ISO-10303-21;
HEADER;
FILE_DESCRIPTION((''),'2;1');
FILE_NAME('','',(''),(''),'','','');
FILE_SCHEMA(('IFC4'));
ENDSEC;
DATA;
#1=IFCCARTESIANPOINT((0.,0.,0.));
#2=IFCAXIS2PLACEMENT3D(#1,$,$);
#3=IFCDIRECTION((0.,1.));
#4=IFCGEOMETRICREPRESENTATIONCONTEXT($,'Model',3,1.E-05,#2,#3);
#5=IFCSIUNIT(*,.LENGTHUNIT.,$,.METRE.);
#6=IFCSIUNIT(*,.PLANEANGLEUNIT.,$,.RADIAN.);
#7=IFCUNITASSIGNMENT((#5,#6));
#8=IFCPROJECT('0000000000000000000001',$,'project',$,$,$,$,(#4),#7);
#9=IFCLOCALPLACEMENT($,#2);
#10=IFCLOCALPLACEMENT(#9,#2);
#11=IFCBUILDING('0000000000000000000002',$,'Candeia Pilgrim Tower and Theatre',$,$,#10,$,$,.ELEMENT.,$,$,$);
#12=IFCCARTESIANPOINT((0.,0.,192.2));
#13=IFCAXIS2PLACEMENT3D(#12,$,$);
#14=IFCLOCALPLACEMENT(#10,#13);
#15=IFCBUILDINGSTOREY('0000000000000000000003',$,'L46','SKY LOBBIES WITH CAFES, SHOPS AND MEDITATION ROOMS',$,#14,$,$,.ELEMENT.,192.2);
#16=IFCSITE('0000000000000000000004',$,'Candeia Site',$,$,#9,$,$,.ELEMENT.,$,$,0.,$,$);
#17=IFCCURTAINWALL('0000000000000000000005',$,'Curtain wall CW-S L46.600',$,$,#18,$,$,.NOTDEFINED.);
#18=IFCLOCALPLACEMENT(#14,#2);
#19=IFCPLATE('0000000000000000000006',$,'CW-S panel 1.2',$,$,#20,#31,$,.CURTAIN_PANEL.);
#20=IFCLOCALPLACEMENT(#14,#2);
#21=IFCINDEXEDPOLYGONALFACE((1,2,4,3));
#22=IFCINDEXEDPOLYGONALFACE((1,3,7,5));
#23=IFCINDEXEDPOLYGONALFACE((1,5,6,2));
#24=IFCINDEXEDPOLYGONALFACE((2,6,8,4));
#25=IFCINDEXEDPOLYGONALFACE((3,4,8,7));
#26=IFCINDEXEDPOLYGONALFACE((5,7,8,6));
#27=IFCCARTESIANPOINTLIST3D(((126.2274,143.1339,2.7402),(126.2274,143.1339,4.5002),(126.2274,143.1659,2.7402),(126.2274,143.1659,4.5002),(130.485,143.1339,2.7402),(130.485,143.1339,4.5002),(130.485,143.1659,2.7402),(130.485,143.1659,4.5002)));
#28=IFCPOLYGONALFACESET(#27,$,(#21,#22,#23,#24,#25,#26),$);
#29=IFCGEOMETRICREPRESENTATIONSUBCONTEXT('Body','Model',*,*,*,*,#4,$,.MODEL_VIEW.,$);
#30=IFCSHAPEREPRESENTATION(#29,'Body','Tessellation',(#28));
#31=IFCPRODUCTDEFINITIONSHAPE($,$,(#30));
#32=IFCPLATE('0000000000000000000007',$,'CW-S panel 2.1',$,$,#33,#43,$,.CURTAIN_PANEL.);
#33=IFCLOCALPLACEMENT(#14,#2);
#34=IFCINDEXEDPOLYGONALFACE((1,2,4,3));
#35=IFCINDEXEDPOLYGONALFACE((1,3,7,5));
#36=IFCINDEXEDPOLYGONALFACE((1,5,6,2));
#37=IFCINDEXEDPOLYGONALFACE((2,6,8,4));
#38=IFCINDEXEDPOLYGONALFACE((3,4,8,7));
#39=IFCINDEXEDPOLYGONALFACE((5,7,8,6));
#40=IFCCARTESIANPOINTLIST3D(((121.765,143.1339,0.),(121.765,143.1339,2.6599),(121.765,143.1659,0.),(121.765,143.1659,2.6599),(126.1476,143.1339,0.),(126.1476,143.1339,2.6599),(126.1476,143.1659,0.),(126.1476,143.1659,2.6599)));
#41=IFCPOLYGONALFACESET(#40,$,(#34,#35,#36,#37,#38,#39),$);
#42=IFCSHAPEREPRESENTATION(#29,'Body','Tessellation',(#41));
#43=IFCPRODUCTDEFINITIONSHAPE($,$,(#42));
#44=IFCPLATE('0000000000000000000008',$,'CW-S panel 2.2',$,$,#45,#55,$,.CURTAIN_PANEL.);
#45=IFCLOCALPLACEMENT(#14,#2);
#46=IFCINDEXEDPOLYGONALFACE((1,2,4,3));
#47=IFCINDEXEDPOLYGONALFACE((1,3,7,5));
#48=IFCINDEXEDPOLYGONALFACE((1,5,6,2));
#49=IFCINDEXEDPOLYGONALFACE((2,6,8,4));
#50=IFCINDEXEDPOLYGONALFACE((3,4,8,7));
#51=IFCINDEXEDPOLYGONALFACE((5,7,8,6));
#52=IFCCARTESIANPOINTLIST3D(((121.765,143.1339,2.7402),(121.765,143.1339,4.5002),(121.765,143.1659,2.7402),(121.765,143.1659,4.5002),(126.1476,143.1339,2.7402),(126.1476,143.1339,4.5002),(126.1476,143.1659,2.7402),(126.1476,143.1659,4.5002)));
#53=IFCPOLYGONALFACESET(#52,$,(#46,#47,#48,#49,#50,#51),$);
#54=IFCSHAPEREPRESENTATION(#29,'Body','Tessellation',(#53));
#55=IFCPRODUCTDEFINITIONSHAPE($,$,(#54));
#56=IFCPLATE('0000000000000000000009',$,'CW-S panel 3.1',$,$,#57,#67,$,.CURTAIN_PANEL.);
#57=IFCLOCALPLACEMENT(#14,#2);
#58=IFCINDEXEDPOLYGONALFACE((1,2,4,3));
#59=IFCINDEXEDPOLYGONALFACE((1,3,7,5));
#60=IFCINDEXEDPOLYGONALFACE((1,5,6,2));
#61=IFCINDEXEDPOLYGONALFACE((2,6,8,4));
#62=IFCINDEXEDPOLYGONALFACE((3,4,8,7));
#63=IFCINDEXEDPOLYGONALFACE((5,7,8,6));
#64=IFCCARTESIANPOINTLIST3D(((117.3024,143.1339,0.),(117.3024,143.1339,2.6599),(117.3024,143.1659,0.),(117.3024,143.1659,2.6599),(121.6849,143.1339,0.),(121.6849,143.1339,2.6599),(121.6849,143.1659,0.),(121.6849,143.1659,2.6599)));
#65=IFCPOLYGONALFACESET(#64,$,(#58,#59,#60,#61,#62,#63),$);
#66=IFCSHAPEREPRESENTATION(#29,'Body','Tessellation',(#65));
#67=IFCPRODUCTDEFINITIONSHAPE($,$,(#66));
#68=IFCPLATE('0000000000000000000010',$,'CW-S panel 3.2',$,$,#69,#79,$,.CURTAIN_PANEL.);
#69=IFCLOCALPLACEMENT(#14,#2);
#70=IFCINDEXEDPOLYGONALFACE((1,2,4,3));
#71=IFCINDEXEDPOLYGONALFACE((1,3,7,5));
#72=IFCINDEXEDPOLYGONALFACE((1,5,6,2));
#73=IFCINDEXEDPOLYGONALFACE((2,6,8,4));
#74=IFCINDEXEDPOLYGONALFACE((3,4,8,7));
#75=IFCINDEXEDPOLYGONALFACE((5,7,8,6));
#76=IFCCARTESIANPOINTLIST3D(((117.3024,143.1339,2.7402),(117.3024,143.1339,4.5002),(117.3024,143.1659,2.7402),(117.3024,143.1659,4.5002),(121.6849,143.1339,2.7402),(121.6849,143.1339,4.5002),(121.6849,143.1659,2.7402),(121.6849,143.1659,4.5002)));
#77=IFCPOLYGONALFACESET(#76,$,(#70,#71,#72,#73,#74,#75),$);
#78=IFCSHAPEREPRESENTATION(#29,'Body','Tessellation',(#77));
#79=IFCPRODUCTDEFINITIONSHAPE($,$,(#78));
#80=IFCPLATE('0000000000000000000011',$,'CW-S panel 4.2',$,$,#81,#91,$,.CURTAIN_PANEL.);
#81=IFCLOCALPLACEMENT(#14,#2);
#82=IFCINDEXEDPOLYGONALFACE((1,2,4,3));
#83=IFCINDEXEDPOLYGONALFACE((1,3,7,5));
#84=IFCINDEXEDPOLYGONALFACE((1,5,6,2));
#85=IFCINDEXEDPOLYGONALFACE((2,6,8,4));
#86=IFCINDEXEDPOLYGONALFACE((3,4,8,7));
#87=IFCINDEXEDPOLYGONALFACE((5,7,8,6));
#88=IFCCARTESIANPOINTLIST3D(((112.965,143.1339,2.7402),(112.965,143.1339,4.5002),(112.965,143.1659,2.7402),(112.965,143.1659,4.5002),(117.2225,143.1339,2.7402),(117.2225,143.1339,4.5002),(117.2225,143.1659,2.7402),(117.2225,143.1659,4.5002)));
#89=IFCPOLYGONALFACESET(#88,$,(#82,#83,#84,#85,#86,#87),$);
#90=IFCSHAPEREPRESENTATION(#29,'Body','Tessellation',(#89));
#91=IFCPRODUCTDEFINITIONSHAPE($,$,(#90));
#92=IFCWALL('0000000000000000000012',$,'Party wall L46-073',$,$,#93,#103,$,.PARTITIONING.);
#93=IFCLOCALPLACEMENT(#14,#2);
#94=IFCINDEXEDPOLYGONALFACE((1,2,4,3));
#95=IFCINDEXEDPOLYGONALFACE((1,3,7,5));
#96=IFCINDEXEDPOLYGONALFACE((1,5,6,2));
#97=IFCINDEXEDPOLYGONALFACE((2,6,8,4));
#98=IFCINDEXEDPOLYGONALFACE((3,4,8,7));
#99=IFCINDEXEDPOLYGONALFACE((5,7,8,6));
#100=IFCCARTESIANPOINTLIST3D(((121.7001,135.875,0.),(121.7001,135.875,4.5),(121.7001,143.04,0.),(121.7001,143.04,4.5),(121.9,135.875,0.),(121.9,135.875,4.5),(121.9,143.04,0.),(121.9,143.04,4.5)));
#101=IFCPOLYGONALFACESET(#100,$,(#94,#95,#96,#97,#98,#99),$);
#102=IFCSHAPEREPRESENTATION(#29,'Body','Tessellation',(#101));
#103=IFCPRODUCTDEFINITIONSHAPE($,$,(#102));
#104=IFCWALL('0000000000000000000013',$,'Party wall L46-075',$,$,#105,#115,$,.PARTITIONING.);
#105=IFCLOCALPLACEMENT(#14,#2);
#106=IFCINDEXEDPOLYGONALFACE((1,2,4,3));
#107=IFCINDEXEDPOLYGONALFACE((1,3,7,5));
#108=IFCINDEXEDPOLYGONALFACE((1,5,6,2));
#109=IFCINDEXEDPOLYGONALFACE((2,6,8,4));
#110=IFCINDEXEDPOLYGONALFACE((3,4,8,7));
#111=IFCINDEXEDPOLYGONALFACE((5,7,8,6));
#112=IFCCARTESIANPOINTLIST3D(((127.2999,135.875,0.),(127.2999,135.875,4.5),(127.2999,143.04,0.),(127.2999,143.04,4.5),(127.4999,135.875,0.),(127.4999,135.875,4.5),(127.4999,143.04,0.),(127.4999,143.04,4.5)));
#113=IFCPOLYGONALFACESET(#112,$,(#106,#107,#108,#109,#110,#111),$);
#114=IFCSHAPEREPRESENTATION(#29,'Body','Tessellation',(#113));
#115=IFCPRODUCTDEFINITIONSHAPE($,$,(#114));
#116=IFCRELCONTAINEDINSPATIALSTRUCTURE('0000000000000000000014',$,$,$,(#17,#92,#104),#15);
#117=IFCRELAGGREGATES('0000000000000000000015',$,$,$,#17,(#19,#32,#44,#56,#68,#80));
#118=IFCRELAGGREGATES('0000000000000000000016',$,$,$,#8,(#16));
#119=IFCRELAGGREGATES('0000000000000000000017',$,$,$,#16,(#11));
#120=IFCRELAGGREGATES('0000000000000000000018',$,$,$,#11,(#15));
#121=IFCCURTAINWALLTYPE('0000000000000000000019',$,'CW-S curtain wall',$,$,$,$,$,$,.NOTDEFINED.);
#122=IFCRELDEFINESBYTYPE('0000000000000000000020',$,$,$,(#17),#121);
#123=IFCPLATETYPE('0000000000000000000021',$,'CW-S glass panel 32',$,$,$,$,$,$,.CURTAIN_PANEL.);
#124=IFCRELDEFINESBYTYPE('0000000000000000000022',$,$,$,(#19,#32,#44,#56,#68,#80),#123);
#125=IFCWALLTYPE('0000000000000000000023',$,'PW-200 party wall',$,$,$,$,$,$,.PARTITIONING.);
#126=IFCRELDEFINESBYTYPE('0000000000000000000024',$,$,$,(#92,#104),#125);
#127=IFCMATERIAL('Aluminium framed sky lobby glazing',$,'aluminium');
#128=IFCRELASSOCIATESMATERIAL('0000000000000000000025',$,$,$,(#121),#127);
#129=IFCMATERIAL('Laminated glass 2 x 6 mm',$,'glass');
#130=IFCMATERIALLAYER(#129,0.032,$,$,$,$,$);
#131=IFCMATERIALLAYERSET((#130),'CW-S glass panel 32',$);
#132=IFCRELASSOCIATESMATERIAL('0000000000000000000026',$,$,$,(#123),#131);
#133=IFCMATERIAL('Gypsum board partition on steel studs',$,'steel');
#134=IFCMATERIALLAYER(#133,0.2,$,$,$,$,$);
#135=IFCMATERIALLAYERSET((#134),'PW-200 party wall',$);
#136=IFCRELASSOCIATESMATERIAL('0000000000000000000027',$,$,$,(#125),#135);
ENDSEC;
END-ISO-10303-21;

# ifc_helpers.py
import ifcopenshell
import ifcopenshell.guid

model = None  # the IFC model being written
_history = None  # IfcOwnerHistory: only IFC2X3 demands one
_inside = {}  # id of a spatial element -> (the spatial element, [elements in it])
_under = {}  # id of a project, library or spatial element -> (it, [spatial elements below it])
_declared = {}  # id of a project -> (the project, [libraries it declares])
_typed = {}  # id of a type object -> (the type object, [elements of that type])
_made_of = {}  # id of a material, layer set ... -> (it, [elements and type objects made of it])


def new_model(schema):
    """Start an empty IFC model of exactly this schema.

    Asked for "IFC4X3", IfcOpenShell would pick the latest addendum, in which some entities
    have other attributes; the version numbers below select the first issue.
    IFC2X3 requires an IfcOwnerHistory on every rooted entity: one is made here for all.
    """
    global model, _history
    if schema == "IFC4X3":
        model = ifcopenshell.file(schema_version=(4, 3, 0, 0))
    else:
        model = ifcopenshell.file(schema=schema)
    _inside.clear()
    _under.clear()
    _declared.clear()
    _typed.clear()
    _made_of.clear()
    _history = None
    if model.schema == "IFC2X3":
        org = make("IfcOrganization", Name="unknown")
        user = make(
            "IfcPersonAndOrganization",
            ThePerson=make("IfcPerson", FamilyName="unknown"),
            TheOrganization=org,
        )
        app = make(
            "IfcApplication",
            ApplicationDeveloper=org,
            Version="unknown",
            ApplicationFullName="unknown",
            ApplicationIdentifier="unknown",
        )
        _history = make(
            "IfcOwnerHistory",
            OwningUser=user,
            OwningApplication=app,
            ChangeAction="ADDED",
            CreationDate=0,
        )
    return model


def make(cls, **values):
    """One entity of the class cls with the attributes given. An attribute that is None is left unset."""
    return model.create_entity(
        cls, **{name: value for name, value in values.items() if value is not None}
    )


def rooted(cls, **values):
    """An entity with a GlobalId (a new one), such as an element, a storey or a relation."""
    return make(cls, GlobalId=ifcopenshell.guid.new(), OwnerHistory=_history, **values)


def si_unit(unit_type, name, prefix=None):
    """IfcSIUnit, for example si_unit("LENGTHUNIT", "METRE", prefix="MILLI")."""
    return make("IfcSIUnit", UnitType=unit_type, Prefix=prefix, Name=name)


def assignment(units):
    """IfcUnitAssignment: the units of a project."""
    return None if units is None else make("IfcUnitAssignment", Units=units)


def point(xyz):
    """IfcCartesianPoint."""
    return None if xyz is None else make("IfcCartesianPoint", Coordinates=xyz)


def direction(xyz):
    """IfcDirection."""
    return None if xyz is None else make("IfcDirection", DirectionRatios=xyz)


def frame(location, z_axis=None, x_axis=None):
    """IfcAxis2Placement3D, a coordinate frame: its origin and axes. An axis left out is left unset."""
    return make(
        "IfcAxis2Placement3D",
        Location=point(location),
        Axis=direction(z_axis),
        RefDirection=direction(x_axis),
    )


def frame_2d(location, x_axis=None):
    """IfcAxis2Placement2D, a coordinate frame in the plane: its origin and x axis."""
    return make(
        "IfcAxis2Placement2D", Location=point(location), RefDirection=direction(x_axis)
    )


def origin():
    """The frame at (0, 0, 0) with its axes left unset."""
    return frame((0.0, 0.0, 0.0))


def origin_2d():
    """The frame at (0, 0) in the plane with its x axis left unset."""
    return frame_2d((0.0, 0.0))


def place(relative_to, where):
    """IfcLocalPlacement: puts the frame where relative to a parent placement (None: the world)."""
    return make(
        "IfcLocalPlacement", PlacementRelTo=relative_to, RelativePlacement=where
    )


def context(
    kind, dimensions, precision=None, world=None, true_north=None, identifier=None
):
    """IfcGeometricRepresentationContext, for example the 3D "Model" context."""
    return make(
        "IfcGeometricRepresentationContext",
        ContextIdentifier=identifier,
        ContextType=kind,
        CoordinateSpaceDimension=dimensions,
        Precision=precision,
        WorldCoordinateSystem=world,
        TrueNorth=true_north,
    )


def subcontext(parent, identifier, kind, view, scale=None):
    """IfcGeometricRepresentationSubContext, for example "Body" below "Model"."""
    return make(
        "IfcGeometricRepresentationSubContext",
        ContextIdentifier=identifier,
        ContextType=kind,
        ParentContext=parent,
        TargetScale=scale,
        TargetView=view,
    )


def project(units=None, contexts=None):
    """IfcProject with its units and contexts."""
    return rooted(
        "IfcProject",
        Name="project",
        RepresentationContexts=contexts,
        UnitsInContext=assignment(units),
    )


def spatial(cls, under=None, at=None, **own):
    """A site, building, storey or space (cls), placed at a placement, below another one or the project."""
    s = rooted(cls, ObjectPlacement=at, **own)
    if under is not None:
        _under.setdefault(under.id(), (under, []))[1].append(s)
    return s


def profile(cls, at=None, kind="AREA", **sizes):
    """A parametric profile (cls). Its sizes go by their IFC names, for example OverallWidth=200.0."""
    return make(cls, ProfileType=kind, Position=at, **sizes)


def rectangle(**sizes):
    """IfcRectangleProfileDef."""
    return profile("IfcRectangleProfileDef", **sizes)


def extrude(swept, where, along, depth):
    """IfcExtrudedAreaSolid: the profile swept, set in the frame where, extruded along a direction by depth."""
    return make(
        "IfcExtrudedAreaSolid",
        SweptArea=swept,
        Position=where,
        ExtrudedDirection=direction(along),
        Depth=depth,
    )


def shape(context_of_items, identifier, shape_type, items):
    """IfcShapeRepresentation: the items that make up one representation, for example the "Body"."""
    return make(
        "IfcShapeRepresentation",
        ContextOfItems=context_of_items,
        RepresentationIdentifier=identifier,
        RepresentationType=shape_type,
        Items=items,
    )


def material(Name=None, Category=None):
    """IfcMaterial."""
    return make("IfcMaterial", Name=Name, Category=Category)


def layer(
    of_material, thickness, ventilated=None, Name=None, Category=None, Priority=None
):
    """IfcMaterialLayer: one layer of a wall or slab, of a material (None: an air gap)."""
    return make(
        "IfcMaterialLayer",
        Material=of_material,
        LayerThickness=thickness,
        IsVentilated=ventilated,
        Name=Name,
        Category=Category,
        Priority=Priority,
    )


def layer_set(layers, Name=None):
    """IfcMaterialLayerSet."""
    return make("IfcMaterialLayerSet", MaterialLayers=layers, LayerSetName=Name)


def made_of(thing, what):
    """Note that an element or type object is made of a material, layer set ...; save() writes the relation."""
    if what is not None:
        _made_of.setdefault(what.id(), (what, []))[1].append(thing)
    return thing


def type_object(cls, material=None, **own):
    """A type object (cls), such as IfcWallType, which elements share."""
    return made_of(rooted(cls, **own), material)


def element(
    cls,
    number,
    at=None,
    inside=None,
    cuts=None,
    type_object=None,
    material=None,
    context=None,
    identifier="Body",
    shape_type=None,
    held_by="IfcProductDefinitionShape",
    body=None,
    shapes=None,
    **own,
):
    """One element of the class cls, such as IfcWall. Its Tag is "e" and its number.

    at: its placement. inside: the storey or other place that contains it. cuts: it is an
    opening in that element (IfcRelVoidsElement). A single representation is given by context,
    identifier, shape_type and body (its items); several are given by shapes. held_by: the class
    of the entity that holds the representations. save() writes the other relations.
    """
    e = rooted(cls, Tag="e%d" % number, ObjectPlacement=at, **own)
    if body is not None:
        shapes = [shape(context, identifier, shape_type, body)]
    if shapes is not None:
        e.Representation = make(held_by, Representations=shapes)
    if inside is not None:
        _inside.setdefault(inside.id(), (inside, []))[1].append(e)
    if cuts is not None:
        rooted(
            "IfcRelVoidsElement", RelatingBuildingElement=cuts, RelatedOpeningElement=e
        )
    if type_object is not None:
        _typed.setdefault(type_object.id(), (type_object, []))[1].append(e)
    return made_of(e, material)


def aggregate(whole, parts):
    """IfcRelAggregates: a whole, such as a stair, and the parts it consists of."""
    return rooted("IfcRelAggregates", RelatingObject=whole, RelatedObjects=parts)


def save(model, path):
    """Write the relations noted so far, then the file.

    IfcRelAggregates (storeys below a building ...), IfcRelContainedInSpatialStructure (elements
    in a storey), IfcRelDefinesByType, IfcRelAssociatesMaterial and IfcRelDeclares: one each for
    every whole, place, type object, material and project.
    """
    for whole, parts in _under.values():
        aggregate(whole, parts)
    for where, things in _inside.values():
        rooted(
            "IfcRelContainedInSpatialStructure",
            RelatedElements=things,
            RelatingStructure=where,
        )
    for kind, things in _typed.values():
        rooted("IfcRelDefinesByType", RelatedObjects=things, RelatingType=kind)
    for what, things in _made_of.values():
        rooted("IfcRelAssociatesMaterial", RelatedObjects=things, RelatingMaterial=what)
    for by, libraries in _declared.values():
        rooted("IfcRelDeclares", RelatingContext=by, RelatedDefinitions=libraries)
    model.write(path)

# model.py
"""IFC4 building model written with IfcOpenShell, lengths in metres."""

from ifc_helpers import new_model, si_unit, direction, frame, frame_2d, origin, origin_2d, place, context, subcontext, project, spatial, rectangle, extrude, material, layer, layer_set, type_object, element, aggregate, save


model = new_model("IFC4")

# Units and contexts
model_context = context("Model", 3, precision=1e-05, world=origin(), true_north=direction((0.0, 1.0)))
body_context = subcontext(model_context, "Body", "Model", "MODEL_VIEW")
ifc_project = project(units=[si_unit("LENGTHUNIT", "METRE"), si_unit("PLANEANGLEUNIT", "RADIAN")], contexts=[model_context])

# Site, building, storey
site_placement = place(None, origin())
site = spatial("IfcSite", under=ifc_project, at=site_placement, Name="Candeia Site", CompositionType="ELEMENT", RefElevation=0.0)
building_placement = place(site_placement, origin())
building = spatial("IfcBuilding", under=site, at=building_placement, Name="Candeia Pilgrim Tower and Theatre", CompositionType="ELEMENT")
storey_placement = place(building_placement, frame((0.0, 0.0, 192.2)))
storey = spatial("IfcBuildingStorey", under=building, at=storey_placement, Name="L46", Description="SKY LOBBIES WITH CAFES, SHOPS AND MEDITATION ROOMS", CompositionType="ELEMENT", Elevation=192.2)

# Curtain wall
ifc_material_1 = material(Name="Aluminium framed sky lobby glazing", Category="aluminium")
curtain_wall_type = type_object("IfcCurtainWallType", Name="CW-S curtain wall", PredefinedType="NOTDEFINED", material=ifc_material_1)
curtain_wall_placement = place(storey_placement, origin())
curtain_wall = element("IfcCurtainWall", 1, at=curtain_wall_placement, inside=storey, type_object=curtain_wall_type, Name="Curtain wall CW-S L46.600", PredefinedType="NOTDEFINED")

# Plates
ifc_material_2 = material(Name="Laminated glass 2 x 6 mm", Category="glass")
ifc_layer_1 = layer(ifc_material_2, 0.032)
ifc_layer_set_1 = layer_set([ifc_layer_1], Name="CW-S glass panel 32")
plate_type = type_object("IfcPlateType", Name="CW-S glass panel 32", PredefinedType="CURTAIN_PANEL", material=ifc_layer_set_1)
plate_1_placement = place(storey_placement, frame((128.3562, 143.1499, 2.7402), z_axis=(0.0, 0.0, 1.0), x_axis=(-1.0, 0.0, 0.0)))
plate_1 = element("IfcPlate", 2, at=plate_1_placement, type_object=plate_type, Name="CW-S panel 1.2", PredefinedType="CURTAIN_PANEL", context=body_context, shape_type="SweptSolid", body=[
    extrude(rectangle(XDim=4.2576, YDim=0.032, at=origin_2d()), origin(), (0.0, 0.0, 1.0), 1.76),
])
plate_2_placement = place(storey_placement, frame((123.9563, 143.1499, 0.0), z_axis=(0.0, 0.0, 1.0), x_axis=(-1.0, 0.0, 0.0)))
plate_2 = element("IfcPlate", 3, at=plate_2_placement, type_object=plate_type, Name="CW-S panel 2.1", PredefinedType="CURTAIN_PANEL", context=body_context, shape_type="SweptSolid", body=[
    extrude(rectangle(XDim=4.3826, YDim=0.032, at=origin_2d()), origin(), (0.0, 0.0, 1.0), 2.6599),
])
plate_3_placement = place(storey_placement, frame((123.9563, 143.1499, 2.7402), z_axis=(0.0, 0.0, 1.0), x_axis=(-1.0, 0.0, 0.0)))
plate_3 = element("IfcPlate", 4, at=plate_3_placement, type_object=plate_type, Name="CW-S panel 2.2", PredefinedType="CURTAIN_PANEL", context=body_context, shape_type="SweptSolid", body=[
    extrude(rectangle(XDim=4.3826, YDim=0.032, at=origin_2d()), origin(), (0.0, 0.0, 1.0), 1.76),
])
plate_4_placement = place(storey_placement, frame((119.4937, 143.1499, 0.0), z_axis=(0.0, 0.0, 1.0), x_axis=(-1.0, 0.0, 0.0)))
plate_4 = element("IfcPlate", 5, at=plate_4_placement, type_object=plate_type, Name="CW-S panel 3.1", PredefinedType="CURTAIN_PANEL", context=body_context, shape_type="SweptSolid", body=[
    extrude(rectangle(XDim=4.3826, YDim=0.032, at=origin_2d()), origin(), (0.0, 0.0, 1.0), 2.6599),
])
plate_5_placement = place(storey_placement, frame((119.4937, 143.1499, 2.7402), z_axis=(0.0, 0.0, 1.0), x_axis=(-1.0, 0.0, 0.0)))
plate_5 = element("IfcPlate", 6, at=plate_5_placement, type_object=plate_type, Name="CW-S panel 3.2", PredefinedType="CURTAIN_PANEL", context=body_context, shape_type="SweptSolid", body=[
    extrude(rectangle(XDim=4.3826, YDim=0.032, at=origin_2d()), origin(), (0.0, 0.0, 1.0), 1.76),
])
plate_6_placement = place(storey_placement, frame((115.0938, 143.1499, 2.7402), z_axis=(0.0, 0.0, 1.0), x_axis=(-1.0, 0.0, 0.0)))
plate_6 = element("IfcPlate", 7, at=plate_6_placement, type_object=plate_type, Name="CW-S panel 4.2", PredefinedType="CURTAIN_PANEL", context=body_context, shape_type="SweptSolid", body=[
    extrude(rectangle(XDim=4.2576, YDim=0.032, at=origin_2d()), origin(), (0.0, 0.0, 1.0), 1.76),
])
aggregate(curtain_wall, [plate_1, plate_2, plate_3, plate_4, plate_5, plate_6])

# Walls
ifc_material_3 = material(Name="Gypsum board partition on steel studs", Category="steel")
ifc_layer_2 = layer(ifc_material_3, 0.2)
ifc_layer_set_2 = layer_set([ifc_layer_2], Name="PW-200 party wall")
wall_type = type_object("IfcWallType", Name="PW-200 party wall", PredefinedType="PARTITIONING", material=ifc_layer_set_2)
for number, where, z_axis, x_axis, name in (
    (8, (121.8, 135.875, 0.0), (0.0, 0.0, 1.0), (0.0, 1.0, 0.0), "Party wall L46-073"),
    (9, (127.3999, 135.875, 0.0), (0.0, 0.0, 1.0), (0.0, 1.0, 0.0), "Party wall L46-075"),
):
    element("IfcWall", number, at=place(storey_placement, frame(where, z_axis=z_axis, x_axis=x_axis)), inside=storey, type_object=wall_type, Name=name, PredefinedType="PARTITIONING", context=body_context, shape_type="SweptSolid", body=[
        extrude(rectangle(XDim=7.165, YDim=0.2, at=frame_2d((3.5825, 0.0))), origin(), (0.0, 0.0, 1.0), 4.5),
    ])

save(model, "model.ifc")
